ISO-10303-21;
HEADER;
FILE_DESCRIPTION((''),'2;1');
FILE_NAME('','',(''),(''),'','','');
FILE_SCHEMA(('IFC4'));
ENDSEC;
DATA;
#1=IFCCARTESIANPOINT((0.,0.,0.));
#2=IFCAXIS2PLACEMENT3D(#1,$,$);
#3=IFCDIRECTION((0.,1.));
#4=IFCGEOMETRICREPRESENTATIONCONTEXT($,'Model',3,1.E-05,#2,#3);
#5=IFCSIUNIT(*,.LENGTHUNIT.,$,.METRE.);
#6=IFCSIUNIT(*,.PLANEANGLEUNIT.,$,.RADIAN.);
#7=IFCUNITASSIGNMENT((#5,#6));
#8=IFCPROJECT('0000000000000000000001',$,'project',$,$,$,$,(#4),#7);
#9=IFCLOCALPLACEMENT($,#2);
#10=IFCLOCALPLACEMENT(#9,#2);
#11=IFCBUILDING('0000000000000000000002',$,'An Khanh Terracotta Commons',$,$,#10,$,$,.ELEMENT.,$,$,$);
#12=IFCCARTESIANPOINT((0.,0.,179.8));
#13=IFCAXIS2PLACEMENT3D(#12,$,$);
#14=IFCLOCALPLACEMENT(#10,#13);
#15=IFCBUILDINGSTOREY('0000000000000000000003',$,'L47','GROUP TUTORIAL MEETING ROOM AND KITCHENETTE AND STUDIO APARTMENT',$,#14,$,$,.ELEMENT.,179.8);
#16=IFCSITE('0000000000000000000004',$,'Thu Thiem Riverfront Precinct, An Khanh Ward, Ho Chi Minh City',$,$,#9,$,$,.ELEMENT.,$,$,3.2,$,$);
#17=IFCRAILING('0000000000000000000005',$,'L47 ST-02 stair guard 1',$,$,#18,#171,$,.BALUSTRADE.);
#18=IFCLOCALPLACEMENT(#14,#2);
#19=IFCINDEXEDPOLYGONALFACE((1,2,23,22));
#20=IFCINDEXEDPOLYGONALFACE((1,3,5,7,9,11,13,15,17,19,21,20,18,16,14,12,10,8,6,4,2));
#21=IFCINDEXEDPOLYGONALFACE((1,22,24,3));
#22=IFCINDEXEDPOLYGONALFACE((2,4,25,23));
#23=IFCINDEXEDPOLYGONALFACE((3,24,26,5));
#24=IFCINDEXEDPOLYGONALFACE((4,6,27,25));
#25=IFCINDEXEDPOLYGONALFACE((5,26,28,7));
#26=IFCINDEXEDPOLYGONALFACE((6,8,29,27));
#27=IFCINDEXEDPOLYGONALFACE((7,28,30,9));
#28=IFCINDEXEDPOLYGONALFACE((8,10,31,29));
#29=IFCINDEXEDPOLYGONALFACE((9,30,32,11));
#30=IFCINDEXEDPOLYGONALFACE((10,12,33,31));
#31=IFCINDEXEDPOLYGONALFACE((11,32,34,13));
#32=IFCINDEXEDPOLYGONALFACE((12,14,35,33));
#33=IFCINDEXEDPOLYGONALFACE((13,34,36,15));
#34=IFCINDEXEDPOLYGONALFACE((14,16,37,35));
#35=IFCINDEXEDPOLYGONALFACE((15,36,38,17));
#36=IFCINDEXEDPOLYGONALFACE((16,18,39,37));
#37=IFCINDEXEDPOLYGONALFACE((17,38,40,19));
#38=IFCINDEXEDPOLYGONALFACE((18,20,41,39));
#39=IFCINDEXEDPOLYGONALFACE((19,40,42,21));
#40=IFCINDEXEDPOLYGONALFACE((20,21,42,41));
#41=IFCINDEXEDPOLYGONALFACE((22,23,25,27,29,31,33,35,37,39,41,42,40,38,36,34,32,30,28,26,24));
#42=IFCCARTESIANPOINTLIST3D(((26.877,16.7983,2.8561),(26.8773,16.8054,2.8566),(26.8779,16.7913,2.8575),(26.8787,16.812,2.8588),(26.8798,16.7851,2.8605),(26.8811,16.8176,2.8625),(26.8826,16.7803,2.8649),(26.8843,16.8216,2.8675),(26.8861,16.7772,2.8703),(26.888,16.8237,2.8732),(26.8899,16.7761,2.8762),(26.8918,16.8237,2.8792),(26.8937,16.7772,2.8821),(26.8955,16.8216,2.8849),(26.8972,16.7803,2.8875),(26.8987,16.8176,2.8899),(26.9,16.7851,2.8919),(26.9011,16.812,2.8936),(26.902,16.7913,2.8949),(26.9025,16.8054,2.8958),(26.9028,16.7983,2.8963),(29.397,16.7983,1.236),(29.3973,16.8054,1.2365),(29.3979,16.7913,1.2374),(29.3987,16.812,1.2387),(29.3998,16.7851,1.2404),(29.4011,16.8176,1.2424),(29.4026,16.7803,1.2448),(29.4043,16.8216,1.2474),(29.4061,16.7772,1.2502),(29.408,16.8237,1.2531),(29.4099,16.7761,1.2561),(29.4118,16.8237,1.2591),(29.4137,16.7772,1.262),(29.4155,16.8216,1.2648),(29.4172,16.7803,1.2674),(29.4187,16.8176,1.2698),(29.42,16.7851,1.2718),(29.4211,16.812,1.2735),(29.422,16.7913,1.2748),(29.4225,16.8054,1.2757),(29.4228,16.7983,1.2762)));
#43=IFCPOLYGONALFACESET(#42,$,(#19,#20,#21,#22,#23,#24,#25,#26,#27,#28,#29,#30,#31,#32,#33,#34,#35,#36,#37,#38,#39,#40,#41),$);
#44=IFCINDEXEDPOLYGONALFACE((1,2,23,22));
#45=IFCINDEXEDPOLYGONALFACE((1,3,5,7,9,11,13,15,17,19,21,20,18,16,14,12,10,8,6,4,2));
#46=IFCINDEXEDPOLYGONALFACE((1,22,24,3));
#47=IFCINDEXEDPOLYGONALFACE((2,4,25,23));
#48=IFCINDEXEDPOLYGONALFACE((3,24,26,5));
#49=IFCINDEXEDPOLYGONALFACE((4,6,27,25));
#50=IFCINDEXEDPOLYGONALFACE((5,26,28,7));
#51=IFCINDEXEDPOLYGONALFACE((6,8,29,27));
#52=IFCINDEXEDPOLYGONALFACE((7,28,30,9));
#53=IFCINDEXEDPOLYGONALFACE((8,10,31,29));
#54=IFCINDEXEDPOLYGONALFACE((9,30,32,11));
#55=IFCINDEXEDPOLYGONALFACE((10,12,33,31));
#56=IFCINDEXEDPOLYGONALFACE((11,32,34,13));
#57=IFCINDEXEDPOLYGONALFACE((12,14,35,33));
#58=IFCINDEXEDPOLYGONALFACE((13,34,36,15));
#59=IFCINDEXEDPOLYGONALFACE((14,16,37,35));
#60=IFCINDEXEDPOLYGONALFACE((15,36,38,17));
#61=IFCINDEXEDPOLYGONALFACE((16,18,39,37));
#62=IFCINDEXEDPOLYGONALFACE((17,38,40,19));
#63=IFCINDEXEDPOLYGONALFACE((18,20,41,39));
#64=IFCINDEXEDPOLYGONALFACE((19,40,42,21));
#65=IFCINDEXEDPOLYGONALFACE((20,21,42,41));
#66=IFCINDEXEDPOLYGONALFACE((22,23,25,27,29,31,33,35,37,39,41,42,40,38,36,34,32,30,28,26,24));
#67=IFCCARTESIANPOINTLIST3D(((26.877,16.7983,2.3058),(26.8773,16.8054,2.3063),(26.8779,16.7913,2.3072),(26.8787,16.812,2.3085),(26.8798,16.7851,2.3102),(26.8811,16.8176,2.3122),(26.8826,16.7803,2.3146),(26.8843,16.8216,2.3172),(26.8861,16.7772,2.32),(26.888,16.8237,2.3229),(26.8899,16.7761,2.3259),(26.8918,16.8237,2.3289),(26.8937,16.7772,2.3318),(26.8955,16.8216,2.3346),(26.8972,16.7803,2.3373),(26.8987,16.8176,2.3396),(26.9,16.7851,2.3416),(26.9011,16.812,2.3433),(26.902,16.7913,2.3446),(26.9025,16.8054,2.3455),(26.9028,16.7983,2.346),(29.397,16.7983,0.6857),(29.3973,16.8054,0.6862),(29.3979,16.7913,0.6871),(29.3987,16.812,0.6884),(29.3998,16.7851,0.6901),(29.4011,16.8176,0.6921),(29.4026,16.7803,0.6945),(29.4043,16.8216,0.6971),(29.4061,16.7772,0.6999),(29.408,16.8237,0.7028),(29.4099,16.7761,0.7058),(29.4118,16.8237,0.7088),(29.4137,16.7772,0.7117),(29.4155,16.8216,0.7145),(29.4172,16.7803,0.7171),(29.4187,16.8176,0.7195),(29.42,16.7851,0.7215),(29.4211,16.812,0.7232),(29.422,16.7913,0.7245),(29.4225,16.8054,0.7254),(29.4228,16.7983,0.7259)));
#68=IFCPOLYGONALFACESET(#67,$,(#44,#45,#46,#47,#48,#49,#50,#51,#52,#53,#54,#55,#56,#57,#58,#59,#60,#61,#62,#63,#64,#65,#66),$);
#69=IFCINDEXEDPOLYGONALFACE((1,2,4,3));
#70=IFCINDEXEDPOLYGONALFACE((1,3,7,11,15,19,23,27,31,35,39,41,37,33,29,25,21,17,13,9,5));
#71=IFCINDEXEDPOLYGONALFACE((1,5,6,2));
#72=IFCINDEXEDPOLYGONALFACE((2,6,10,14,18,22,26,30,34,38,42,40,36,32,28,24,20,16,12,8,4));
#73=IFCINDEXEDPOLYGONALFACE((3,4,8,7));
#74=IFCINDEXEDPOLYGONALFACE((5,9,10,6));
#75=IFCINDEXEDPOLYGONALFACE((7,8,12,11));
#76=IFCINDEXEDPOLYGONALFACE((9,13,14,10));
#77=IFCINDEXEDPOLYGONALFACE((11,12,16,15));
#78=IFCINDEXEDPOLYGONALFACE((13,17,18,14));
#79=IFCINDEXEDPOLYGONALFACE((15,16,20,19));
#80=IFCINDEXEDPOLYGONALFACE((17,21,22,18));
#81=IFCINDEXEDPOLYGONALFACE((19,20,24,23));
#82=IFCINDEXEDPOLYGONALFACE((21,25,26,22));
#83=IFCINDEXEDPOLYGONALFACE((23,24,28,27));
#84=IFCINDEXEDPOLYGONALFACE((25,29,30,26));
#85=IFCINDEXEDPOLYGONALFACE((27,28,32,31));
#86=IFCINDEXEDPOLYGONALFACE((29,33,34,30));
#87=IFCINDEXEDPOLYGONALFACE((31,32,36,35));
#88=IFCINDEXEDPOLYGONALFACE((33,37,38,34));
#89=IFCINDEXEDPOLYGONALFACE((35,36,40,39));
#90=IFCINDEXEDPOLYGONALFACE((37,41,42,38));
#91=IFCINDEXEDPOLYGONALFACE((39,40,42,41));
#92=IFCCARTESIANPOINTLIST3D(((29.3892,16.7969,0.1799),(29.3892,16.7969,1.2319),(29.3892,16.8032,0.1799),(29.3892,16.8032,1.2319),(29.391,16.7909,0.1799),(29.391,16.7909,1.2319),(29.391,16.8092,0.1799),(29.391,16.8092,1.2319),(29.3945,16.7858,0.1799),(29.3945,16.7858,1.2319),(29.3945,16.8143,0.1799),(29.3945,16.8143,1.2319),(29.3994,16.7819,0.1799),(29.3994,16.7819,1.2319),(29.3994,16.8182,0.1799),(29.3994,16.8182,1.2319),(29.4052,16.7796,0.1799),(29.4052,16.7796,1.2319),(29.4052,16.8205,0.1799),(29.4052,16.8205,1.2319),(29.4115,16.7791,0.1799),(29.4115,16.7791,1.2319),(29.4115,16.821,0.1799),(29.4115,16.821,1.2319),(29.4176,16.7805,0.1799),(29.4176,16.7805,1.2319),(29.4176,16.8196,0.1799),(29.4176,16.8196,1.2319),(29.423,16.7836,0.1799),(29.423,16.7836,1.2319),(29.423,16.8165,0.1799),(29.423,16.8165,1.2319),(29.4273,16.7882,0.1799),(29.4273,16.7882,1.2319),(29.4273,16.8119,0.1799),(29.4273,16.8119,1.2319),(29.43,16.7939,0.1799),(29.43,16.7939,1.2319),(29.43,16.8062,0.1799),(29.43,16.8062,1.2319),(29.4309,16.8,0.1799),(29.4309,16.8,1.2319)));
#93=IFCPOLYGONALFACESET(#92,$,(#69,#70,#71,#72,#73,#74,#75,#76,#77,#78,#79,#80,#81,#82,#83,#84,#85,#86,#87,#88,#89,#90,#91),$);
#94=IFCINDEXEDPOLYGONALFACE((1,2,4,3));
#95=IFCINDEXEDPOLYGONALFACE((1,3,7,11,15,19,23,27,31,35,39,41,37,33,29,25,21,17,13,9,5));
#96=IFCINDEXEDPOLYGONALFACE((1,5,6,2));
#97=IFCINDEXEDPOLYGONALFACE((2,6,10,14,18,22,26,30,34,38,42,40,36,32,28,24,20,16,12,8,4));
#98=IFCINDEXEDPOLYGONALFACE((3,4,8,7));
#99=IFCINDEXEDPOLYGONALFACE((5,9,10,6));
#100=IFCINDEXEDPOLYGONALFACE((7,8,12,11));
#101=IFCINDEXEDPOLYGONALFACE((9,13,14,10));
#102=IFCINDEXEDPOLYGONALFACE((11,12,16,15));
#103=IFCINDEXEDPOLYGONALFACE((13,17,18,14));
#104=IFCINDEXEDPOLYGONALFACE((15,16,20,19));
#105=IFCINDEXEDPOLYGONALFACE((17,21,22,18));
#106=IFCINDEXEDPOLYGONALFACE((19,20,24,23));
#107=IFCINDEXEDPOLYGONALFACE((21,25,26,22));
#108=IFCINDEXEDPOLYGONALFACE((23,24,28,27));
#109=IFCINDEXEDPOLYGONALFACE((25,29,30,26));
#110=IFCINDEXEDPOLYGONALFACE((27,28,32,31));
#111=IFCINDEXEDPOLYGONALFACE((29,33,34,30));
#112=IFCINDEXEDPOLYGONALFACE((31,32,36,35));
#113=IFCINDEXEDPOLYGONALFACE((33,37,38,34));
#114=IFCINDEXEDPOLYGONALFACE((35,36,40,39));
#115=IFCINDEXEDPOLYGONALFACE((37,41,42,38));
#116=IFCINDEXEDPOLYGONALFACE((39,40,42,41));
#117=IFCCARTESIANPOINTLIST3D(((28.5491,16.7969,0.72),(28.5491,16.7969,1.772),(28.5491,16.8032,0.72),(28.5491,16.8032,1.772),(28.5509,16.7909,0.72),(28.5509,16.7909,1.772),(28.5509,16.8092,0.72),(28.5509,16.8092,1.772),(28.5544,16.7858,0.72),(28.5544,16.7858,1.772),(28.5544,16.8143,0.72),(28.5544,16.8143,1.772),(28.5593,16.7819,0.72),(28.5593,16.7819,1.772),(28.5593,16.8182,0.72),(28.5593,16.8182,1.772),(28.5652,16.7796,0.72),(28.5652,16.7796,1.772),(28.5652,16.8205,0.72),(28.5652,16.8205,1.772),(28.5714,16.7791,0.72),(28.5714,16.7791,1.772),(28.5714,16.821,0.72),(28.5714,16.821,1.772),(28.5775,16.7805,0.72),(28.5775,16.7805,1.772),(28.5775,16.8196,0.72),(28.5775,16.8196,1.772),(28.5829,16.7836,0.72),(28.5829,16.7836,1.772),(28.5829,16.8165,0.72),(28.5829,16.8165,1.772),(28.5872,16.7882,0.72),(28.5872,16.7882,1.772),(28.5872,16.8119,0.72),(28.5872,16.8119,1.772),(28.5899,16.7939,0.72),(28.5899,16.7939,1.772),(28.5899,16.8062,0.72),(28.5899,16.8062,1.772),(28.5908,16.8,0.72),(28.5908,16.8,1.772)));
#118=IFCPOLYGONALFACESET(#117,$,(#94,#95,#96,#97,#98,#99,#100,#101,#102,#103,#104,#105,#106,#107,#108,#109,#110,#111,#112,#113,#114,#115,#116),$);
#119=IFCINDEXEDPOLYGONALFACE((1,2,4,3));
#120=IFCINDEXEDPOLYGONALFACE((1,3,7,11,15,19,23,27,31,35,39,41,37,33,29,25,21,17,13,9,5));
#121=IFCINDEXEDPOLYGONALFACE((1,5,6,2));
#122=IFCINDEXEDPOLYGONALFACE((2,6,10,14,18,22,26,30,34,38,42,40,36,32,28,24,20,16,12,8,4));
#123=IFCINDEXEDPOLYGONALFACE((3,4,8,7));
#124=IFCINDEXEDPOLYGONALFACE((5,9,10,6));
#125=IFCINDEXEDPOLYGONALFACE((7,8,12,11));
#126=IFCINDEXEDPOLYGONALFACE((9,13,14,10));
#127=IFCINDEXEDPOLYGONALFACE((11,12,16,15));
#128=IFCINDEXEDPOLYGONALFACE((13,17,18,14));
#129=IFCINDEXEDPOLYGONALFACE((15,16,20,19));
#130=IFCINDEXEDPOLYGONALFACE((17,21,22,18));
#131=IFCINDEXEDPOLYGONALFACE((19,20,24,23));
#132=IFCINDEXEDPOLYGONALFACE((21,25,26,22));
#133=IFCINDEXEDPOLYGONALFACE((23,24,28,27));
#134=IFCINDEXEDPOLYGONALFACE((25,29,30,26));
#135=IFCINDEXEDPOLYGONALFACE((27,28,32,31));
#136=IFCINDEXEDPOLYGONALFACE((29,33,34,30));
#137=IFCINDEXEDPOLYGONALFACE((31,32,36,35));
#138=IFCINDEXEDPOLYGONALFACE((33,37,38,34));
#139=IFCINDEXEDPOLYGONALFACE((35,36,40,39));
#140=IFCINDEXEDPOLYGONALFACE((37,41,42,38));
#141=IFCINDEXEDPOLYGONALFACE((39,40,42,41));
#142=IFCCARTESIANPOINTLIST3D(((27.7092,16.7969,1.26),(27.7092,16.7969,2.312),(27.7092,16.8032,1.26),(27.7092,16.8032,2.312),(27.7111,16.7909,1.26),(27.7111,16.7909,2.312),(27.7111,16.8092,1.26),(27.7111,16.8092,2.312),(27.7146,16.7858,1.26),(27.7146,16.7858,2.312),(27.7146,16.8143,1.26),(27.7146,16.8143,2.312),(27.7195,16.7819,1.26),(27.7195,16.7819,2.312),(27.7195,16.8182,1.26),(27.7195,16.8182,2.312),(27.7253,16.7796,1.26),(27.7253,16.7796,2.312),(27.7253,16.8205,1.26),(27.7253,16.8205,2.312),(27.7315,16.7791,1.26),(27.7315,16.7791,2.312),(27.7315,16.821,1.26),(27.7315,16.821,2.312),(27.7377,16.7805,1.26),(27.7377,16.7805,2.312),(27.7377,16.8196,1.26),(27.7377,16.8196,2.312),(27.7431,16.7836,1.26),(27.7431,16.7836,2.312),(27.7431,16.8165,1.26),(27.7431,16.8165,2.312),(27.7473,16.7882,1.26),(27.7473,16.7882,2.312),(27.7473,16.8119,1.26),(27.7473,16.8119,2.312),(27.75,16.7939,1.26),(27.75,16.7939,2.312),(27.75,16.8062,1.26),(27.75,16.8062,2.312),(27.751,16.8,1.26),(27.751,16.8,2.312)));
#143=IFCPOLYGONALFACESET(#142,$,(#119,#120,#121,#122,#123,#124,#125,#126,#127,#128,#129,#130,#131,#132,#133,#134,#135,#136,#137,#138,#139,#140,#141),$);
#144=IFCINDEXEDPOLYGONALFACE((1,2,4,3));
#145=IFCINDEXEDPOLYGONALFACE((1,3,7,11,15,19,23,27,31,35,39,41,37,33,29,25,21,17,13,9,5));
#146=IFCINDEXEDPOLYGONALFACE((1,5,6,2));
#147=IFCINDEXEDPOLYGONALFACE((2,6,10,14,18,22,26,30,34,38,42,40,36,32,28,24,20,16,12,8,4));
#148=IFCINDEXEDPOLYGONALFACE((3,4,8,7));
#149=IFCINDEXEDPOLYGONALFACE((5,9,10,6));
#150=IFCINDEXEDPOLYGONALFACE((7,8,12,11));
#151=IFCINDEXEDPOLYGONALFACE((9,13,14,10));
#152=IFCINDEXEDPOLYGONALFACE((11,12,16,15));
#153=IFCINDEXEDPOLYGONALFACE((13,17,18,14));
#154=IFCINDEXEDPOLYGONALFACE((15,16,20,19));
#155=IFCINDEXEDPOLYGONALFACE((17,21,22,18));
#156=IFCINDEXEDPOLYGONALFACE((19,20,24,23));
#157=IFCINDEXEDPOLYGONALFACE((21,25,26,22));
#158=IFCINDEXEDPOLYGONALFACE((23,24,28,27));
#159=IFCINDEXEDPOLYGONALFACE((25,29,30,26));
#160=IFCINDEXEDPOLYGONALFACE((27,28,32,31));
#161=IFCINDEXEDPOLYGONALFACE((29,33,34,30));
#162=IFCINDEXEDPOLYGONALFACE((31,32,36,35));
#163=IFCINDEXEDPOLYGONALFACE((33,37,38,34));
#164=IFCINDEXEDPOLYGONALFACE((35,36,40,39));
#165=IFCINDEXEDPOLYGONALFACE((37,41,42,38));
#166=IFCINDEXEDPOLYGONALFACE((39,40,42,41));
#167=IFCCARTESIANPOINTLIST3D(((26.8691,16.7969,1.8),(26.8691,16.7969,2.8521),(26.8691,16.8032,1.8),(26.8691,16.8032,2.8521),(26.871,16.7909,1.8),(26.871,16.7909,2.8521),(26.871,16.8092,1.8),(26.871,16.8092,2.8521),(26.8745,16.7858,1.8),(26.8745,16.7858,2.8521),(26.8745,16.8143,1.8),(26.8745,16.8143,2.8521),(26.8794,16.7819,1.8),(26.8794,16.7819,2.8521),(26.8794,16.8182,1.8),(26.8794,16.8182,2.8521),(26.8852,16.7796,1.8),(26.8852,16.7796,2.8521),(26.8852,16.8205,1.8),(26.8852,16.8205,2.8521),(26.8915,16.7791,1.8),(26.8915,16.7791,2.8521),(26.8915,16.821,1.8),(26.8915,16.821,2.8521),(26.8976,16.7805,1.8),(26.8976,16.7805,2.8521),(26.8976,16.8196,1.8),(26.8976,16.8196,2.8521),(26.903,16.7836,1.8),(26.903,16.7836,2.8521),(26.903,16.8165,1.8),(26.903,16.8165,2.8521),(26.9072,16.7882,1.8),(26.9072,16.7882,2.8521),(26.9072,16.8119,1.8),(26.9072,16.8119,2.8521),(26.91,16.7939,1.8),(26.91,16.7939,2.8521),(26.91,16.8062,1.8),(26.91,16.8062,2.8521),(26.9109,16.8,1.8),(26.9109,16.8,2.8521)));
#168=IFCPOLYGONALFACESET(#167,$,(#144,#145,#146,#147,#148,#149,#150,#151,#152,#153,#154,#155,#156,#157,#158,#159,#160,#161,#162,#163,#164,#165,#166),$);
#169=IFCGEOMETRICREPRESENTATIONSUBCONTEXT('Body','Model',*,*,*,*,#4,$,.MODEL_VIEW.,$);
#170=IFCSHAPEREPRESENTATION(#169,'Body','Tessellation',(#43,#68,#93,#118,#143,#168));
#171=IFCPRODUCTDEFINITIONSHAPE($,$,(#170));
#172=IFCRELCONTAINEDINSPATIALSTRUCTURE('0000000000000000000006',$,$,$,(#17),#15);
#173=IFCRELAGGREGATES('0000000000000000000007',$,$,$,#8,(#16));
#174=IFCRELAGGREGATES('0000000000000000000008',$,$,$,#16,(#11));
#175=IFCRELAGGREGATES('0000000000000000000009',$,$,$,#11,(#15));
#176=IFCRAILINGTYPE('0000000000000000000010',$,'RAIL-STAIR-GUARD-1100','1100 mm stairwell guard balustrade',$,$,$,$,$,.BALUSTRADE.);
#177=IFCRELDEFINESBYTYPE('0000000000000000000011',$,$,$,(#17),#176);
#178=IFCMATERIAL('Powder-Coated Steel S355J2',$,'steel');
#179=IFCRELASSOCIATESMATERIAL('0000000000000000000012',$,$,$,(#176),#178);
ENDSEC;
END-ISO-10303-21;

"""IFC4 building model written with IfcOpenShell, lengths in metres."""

from ifc_helpers import new_model, si_unit, direction, frame, origin, origin_2d, place, context, subcontext, project, spatial, circle, extrude, material, type_object, element, save


model = new_model("IFC4")

# Units and contexts
model_context = context("Model", 3, precision=1e-05, world=origin(), true_north=direction((0.0, 1.0)))
body_context = subcontext(model_context, "Body", "Model", "MODEL_VIEW")
ifc_project = project(units=[si_unit("LENGTHUNIT", "METRE"), si_unit("PLANEANGLEUNIT", "RADIAN")], contexts=[model_context])

# Site, building, storey
site_placement = place(None, origin())
site = spatial("IfcSite", under=ifc_project, at=site_placement, Name="Thu Thiem Riverfront Precinct, An Khanh Ward, Ho Chi Minh City", CompositionType="ELEMENT", RefElevation=3.2)
building_placement = place(site_placement, origin())
building = spatial("IfcBuilding", under=site, at=building_placement, Name="An Khanh Terracotta Commons", CompositionType="ELEMENT")
storey_placement = place(building_placement, frame((0.0, 0.0, 179.8)))
storey = spatial("IfcBuildingStorey", under=building, at=storey_placement, Name="L47", Description="GROUP TUTORIAL MEETING ROOM AND KITCHENETTE AND STUDIO APARTMENT", CompositionType="ELEMENT", Elevation=179.8)

# Railing
ifc_material_1 = material(Name="Powder-Coated Steel S355J2", Category="steel")
railing_type_1 = type_object("IfcRailingType", Name="RAIL-STAIR-GUARD-1100", Description="1100 mm stairwell guard balustrade", PredefinedType="BALUSTRADE", material=ifc_material_1)
railing_1_placement = place(storey_placement, frame((29.4099, 16.8, 0.1799)))
element("IfcRailing", 1, at=railing_1_placement, inside=storey, type_object=railing_type_1, Name="L47 ST-02 stair guard 1", PredefinedType="BALUSTRADE", context=body_context, shape_type="SweptSolid", body=[
    extrude(circle(Radius=0.0239, at=origin_2d()), frame((0.0, 0.0, 1.0762), z_axis=(-0.841163, 0.0, 0.540782), x_axis=(0.0, -1.0, 0.0)), (0.0, 0.0, 1.0), 2.9958),
    extrude(circle(Radius=0.0239, at=origin_2d()), frame((0.0, 0.0, 0.5259), z_axis=(-0.841163, 0.0, 0.540782), x_axis=(0.0, -1.0, 0.0)), (0.0, 0.0, 1.0), 2.9958),
    extrude(circle(Radius=0.021, at=origin_2d()), origin(), (0.0, 0.0, 1.0), 1.052),
    extrude(circle(Radius=0.021, at=origin_2d()), frame((-0.8401, 0.0, 0.54)), (0.0, 0.0, 1.0), 1.052),
    extrude(circle(Radius=0.021, at=origin_2d()), frame((-1.6799, 0.0, 1.0801)), (0.0, 0.0, 1.0), 1.052),
    extrude(circle(Radius=0.021, at=origin_2d()), frame((-2.52, 0.0, 1.6201)), (0.0, 0.0, 1.0), 1.052),
])

save(model, "model.ifc")
